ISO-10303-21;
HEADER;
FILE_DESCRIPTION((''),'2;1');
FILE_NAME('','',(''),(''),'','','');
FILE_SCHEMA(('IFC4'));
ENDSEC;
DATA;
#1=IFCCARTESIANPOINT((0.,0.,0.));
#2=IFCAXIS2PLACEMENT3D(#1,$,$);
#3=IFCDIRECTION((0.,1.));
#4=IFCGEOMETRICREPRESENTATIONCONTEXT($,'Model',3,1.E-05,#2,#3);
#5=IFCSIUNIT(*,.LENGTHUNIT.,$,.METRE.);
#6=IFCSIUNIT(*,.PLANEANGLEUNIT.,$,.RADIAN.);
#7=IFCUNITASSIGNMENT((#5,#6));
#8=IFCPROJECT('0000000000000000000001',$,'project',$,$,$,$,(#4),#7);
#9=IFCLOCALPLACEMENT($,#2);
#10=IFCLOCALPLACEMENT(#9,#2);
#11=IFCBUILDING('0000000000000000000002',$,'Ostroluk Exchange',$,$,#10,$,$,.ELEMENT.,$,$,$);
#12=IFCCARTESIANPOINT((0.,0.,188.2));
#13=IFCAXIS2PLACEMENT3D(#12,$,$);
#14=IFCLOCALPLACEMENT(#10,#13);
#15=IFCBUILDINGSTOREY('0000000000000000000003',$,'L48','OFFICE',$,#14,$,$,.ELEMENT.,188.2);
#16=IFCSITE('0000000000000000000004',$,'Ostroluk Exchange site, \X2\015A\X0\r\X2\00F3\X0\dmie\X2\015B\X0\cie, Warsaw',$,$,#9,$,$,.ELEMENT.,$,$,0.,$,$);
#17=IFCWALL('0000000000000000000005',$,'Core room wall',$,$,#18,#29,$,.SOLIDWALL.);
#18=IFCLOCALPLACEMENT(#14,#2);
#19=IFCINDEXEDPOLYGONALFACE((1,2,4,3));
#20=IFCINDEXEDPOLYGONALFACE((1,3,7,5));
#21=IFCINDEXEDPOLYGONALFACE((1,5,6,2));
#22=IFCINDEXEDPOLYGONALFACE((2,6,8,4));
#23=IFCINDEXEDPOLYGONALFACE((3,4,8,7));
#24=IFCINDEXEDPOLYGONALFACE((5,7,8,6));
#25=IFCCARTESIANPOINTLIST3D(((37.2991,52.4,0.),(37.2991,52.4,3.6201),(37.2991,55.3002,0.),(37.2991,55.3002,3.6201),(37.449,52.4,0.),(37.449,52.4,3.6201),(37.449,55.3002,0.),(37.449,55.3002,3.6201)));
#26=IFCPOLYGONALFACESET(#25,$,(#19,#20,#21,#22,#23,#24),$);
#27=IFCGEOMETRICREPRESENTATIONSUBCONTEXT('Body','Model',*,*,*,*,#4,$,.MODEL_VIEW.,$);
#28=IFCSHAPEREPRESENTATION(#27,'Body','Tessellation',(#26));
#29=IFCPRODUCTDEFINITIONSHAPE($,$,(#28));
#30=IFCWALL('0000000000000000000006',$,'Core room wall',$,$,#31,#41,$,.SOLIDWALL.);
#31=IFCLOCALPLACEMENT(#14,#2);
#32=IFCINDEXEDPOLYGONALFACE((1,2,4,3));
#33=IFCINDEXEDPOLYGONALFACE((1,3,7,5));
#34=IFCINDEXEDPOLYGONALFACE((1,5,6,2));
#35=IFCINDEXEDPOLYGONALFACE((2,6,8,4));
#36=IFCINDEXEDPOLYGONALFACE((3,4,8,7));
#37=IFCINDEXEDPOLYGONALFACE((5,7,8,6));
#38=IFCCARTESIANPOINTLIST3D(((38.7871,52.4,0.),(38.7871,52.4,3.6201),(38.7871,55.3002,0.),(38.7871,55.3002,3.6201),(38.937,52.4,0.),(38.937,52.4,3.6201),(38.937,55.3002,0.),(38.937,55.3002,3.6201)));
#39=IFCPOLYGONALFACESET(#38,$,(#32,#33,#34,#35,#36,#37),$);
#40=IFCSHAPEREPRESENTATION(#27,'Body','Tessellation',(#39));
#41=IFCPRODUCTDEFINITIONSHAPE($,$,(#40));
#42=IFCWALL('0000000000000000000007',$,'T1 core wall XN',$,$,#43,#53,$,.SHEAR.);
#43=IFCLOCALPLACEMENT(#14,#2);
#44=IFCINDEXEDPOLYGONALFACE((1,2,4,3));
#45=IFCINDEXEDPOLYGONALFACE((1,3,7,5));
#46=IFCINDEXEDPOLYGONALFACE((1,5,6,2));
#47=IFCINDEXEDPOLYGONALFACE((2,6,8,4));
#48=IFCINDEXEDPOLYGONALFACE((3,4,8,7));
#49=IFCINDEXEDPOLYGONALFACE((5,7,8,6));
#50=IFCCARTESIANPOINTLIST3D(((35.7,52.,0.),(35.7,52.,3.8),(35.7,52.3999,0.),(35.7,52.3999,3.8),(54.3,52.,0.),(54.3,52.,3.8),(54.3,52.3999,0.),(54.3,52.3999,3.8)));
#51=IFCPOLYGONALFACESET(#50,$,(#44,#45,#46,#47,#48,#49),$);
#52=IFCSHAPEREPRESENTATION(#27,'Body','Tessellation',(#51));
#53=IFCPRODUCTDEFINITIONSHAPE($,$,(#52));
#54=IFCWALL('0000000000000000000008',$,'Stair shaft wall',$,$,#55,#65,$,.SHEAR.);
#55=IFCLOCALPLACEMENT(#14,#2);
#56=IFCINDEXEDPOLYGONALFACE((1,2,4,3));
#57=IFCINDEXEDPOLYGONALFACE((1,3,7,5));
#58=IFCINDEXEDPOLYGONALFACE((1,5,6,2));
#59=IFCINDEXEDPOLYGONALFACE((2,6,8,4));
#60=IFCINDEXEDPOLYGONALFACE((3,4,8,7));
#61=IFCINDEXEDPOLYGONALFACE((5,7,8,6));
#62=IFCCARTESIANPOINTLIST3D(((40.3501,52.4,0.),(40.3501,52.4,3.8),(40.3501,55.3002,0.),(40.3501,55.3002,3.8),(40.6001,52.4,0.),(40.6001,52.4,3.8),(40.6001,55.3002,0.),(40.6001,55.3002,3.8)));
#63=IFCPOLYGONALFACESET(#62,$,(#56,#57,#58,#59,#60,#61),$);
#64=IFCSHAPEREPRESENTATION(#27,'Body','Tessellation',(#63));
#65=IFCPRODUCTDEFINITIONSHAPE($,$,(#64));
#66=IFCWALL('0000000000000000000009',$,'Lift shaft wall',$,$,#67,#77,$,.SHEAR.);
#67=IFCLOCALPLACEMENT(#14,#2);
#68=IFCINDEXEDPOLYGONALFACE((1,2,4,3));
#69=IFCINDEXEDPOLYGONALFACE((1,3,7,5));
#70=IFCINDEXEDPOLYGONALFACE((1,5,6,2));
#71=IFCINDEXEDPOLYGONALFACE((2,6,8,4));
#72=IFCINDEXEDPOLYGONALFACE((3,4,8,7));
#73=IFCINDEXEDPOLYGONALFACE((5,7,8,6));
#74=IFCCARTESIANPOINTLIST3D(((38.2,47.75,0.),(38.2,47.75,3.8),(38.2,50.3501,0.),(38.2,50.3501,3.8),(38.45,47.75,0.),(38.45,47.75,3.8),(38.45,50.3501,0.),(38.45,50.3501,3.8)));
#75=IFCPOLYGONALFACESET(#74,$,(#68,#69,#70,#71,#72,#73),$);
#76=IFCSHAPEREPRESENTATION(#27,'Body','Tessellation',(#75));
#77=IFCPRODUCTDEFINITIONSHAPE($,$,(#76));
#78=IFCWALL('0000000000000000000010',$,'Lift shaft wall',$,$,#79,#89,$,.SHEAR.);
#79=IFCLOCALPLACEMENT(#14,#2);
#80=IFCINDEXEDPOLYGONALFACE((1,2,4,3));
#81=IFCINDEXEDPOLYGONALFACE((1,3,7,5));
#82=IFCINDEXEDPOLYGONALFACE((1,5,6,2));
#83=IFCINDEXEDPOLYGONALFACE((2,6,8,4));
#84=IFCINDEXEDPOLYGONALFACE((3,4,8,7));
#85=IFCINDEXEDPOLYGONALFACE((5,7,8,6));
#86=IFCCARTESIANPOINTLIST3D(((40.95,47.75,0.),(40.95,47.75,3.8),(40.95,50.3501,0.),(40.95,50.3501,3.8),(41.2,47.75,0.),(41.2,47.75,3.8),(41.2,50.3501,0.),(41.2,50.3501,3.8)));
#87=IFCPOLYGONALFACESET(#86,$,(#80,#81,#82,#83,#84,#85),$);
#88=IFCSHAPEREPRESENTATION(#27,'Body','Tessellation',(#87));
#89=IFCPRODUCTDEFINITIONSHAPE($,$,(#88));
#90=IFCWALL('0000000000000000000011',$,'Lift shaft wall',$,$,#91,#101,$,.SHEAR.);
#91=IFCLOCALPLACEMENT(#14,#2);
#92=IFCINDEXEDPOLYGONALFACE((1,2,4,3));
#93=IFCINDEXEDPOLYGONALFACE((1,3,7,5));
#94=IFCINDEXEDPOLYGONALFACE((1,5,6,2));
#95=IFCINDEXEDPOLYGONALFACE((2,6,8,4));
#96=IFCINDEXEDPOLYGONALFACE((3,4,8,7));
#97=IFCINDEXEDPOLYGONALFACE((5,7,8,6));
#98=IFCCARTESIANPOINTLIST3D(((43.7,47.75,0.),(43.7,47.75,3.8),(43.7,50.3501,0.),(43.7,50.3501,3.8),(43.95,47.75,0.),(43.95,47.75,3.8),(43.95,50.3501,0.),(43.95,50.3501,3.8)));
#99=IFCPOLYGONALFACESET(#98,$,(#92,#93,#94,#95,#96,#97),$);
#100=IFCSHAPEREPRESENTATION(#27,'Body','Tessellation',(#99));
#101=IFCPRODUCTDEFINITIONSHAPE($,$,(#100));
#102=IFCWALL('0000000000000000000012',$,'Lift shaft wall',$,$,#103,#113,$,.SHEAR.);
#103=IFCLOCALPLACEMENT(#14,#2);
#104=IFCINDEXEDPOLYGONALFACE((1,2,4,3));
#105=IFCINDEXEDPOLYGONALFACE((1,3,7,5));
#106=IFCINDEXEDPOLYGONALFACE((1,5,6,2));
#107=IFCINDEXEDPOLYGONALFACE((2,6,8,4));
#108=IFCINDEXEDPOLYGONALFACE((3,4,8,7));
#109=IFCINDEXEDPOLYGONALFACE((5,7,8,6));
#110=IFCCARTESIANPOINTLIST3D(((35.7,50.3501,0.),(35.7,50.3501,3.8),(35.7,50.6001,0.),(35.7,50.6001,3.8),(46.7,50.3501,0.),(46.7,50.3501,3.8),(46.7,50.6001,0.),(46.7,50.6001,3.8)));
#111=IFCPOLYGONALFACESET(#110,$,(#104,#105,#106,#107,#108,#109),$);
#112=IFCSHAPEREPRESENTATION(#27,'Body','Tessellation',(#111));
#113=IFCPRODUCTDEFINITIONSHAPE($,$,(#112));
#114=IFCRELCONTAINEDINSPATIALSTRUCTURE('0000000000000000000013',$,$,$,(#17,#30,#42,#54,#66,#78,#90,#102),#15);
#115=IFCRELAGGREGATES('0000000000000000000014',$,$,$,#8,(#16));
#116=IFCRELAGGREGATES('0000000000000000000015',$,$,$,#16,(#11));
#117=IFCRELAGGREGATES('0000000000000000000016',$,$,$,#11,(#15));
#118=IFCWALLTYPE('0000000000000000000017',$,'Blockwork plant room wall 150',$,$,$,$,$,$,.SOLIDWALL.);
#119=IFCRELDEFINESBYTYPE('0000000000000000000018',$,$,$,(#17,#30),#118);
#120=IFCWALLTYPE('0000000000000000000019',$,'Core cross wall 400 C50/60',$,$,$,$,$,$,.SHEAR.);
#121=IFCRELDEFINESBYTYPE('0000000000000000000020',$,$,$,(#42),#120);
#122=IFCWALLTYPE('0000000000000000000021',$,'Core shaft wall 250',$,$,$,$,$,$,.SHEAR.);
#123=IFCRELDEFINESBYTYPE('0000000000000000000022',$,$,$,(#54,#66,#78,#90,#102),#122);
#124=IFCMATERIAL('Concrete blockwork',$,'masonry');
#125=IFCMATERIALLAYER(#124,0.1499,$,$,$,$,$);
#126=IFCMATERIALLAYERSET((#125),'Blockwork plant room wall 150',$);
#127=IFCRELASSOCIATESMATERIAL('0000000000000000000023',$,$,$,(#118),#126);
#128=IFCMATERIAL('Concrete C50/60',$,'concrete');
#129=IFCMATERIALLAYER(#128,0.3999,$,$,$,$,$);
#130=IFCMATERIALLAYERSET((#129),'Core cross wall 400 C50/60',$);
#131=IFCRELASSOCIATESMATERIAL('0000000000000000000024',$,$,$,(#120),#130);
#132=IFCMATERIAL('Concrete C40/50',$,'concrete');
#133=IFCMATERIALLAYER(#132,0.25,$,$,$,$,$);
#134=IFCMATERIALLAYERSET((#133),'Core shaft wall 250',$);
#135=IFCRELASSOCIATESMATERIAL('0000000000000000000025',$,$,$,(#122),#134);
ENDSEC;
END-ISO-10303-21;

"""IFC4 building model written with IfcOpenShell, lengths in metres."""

from ifc_helpers import new_model, si_unit, direction, frame, frame_2d, origin, place, context, subcontext, project, spatial, rectangle, extrude, material, layer, layer_set, type_object, element, save


model = new_model("IFC4")

# Units and contexts
model_context = context("Model", 3, precision=1e-05, world=origin(), true_north=direction((0.0, 1.0)))
body_context = subcontext(model_context, "Body", "Model", "MODEL_VIEW")
ifc_project = project(units=[si_unit("LENGTHUNIT", "METRE"), si_unit("PLANEANGLEUNIT", "RADIAN")], contexts=[model_context])

# Site, building, storey
site_placement = place(None, origin())
site = spatial("IfcSite", under=ifc_project, at=site_placement, Name="Ostroluk Exchange site, Śródmieście, Warsaw", CompositionType="ELEMENT", RefElevation=0.0)
building_placement = place(site_placement, origin())
building = spatial("IfcBuilding", under=site, at=building_placement, Name="Ostroluk Exchange", CompositionType="ELEMENT")
storey_placement = place(building_placement, frame((0.0, 0.0, 188.2)))
storey = spatial("IfcBuildingStorey", under=building, at=storey_placement, Name="L48", Description="OFFICE", CompositionType="ELEMENT", Elevation=188.2)

# Walls
ifc_material_1 = material(Name="Concrete blockwork", Category="masonry")
ifc_layer_1 = layer(ifc_material_1, 0.1499)
ifc_layer_set_1 = layer_set([ifc_layer_1], Name="Blockwork plant room wall 150")
wall_type_1 = type_object("IfcWallType", Name="Blockwork plant room wall 150", PredefinedType="SOLIDWALL", material=ifc_layer_set_1)
for number, where, z_axis, x_axis, name in (
    (1, (37.374, 52.3999, 0.0), (0.0, 0.0, 1.0), (0.0, 1.0, 0.0), "Core room wall"),
    (2, (38.8621, 52.3999, 0.0), (0.0, 0.0, 1.0), (0.0, 1.0, 0.0), "Core room wall"),
):
    element("IfcWall", number, at=place(storey_placement, frame(where, z_axis=z_axis, x_axis=x_axis)), inside=storey, type_object=wall_type_1, Name=name, PredefinedType="SOLIDWALL", context=body_context, shape_type="SweptSolid", body=[
        extrude(rectangle(XDim=2.9001, YDim=0.1499, at=frame_2d((1.4502, 0.0))), origin(), (0.0, 0.0, 1.0), 3.6201),
    ])
ifc_material_2 = material(Name="Concrete C50/60", Category="concrete")
ifc_layer_2 = layer(ifc_material_2, 0.3999)
ifc_layer_set_2 = layer_set([ifc_layer_2], Name="Core cross wall 400 C50/60")
wall_type_2 = type_object("IfcWallType", Name="Core cross wall 400 C50/60", PredefinedType="SHEAR", material=ifc_layer_set_2)
wall_1_placement = place(storey_placement, frame((35.7, 52.2, 0.0), z_axis=(0.0, 0.0, 1.0), x_axis=(1.0, 0.0, 0.0)))
element("IfcWall", 3, at=wall_1_placement, inside=storey, type_object=wall_type_2, Name="T1 core wall XN", PredefinedType="SHEAR", context=body_context, shape_type="SweptSolid", body=[
    extrude(rectangle(XDim=18.6001, YDim=0.3999, at=frame_2d((9.3, 0.0))), origin(), (0.0, 0.0, 1.0), 3.8),
])
ifc_material_3 = material(Name="Concrete C40/50", Category="concrete")
ifc_layer_3 = layer(ifc_material_3, 0.25)
ifc_layer_set_3 = layer_set([ifc_layer_3], Name="Core shaft wall 250")
wall_type_3 = type_object("IfcWallType", Name="Core shaft wall 250", PredefinedType="SHEAR", material=ifc_layer_set_3)
wall_2_placement = place(storey_placement, frame((40.4751, 52.3999, 0.0), z_axis=(0.0, 0.0, 1.0), x_axis=(0.0, 1.0, 0.0)))
element("IfcWall", 4, at=wall_2_placement, inside=storey, type_object=wall_type_3, Name="Stair shaft wall", PredefinedType="SHEAR", context=body_context, shape_type="SweptSolid", body=[
    extrude(rectangle(XDim=2.9001, YDim=0.25, at=frame_2d((1.4502, 0.0))), origin(), (0.0, 0.0, 1.0), 3.8),
])
for number, where, z_axis, x_axis, name in (
    (5, (38.325, 47.75, 0.0), (0.0, 0.0, 1.0), (0.0, 1.0, 0.0), "Lift shaft wall"),
    (6, (41.075, 47.75, 0.0), (0.0, 0.0, 1.0), (0.0, 1.0, 0.0), "Lift shaft wall"),
    (7, (43.825, 47.75, 0.0), (0.0, 0.0, 1.0), (0.0, 1.0, 0.0), "Lift shaft wall"),
):
    element("IfcWall", number, at=place(storey_placement, frame(where, z_axis=z_axis, x_axis=x_axis)), inside=storey, type_object=wall_type_3, Name=name, PredefinedType="SHEAR", context=body_context, shape_type="SweptSolid", body=[
        extrude(rectangle(XDim=2.6001, YDim=0.25, at=frame_2d((1.3, 0.0))), origin(), (0.0, 0.0, 1.0), 3.8),
    ])
wall_3_placement = place(storey_placement, frame((35.7, 50.4751, 0.0), z_axis=(0.0, 0.0, 1.0), x_axis=(1.0, 0.0, 0.0)))
element("IfcWall", 8, at=wall_3_placement, inside=storey, type_object=wall_type_3, Name="Lift shaft wall", PredefinedType="SHEAR", context=body_context, shape_type="SweptSolid", body=[
    extrude(rectangle(XDim=11.0, YDim=0.25, at=frame_2d((5.5, 0.0))), origin(), (0.0, 0.0, 1.0), 3.8),
])

save(model, "model.ifc")
